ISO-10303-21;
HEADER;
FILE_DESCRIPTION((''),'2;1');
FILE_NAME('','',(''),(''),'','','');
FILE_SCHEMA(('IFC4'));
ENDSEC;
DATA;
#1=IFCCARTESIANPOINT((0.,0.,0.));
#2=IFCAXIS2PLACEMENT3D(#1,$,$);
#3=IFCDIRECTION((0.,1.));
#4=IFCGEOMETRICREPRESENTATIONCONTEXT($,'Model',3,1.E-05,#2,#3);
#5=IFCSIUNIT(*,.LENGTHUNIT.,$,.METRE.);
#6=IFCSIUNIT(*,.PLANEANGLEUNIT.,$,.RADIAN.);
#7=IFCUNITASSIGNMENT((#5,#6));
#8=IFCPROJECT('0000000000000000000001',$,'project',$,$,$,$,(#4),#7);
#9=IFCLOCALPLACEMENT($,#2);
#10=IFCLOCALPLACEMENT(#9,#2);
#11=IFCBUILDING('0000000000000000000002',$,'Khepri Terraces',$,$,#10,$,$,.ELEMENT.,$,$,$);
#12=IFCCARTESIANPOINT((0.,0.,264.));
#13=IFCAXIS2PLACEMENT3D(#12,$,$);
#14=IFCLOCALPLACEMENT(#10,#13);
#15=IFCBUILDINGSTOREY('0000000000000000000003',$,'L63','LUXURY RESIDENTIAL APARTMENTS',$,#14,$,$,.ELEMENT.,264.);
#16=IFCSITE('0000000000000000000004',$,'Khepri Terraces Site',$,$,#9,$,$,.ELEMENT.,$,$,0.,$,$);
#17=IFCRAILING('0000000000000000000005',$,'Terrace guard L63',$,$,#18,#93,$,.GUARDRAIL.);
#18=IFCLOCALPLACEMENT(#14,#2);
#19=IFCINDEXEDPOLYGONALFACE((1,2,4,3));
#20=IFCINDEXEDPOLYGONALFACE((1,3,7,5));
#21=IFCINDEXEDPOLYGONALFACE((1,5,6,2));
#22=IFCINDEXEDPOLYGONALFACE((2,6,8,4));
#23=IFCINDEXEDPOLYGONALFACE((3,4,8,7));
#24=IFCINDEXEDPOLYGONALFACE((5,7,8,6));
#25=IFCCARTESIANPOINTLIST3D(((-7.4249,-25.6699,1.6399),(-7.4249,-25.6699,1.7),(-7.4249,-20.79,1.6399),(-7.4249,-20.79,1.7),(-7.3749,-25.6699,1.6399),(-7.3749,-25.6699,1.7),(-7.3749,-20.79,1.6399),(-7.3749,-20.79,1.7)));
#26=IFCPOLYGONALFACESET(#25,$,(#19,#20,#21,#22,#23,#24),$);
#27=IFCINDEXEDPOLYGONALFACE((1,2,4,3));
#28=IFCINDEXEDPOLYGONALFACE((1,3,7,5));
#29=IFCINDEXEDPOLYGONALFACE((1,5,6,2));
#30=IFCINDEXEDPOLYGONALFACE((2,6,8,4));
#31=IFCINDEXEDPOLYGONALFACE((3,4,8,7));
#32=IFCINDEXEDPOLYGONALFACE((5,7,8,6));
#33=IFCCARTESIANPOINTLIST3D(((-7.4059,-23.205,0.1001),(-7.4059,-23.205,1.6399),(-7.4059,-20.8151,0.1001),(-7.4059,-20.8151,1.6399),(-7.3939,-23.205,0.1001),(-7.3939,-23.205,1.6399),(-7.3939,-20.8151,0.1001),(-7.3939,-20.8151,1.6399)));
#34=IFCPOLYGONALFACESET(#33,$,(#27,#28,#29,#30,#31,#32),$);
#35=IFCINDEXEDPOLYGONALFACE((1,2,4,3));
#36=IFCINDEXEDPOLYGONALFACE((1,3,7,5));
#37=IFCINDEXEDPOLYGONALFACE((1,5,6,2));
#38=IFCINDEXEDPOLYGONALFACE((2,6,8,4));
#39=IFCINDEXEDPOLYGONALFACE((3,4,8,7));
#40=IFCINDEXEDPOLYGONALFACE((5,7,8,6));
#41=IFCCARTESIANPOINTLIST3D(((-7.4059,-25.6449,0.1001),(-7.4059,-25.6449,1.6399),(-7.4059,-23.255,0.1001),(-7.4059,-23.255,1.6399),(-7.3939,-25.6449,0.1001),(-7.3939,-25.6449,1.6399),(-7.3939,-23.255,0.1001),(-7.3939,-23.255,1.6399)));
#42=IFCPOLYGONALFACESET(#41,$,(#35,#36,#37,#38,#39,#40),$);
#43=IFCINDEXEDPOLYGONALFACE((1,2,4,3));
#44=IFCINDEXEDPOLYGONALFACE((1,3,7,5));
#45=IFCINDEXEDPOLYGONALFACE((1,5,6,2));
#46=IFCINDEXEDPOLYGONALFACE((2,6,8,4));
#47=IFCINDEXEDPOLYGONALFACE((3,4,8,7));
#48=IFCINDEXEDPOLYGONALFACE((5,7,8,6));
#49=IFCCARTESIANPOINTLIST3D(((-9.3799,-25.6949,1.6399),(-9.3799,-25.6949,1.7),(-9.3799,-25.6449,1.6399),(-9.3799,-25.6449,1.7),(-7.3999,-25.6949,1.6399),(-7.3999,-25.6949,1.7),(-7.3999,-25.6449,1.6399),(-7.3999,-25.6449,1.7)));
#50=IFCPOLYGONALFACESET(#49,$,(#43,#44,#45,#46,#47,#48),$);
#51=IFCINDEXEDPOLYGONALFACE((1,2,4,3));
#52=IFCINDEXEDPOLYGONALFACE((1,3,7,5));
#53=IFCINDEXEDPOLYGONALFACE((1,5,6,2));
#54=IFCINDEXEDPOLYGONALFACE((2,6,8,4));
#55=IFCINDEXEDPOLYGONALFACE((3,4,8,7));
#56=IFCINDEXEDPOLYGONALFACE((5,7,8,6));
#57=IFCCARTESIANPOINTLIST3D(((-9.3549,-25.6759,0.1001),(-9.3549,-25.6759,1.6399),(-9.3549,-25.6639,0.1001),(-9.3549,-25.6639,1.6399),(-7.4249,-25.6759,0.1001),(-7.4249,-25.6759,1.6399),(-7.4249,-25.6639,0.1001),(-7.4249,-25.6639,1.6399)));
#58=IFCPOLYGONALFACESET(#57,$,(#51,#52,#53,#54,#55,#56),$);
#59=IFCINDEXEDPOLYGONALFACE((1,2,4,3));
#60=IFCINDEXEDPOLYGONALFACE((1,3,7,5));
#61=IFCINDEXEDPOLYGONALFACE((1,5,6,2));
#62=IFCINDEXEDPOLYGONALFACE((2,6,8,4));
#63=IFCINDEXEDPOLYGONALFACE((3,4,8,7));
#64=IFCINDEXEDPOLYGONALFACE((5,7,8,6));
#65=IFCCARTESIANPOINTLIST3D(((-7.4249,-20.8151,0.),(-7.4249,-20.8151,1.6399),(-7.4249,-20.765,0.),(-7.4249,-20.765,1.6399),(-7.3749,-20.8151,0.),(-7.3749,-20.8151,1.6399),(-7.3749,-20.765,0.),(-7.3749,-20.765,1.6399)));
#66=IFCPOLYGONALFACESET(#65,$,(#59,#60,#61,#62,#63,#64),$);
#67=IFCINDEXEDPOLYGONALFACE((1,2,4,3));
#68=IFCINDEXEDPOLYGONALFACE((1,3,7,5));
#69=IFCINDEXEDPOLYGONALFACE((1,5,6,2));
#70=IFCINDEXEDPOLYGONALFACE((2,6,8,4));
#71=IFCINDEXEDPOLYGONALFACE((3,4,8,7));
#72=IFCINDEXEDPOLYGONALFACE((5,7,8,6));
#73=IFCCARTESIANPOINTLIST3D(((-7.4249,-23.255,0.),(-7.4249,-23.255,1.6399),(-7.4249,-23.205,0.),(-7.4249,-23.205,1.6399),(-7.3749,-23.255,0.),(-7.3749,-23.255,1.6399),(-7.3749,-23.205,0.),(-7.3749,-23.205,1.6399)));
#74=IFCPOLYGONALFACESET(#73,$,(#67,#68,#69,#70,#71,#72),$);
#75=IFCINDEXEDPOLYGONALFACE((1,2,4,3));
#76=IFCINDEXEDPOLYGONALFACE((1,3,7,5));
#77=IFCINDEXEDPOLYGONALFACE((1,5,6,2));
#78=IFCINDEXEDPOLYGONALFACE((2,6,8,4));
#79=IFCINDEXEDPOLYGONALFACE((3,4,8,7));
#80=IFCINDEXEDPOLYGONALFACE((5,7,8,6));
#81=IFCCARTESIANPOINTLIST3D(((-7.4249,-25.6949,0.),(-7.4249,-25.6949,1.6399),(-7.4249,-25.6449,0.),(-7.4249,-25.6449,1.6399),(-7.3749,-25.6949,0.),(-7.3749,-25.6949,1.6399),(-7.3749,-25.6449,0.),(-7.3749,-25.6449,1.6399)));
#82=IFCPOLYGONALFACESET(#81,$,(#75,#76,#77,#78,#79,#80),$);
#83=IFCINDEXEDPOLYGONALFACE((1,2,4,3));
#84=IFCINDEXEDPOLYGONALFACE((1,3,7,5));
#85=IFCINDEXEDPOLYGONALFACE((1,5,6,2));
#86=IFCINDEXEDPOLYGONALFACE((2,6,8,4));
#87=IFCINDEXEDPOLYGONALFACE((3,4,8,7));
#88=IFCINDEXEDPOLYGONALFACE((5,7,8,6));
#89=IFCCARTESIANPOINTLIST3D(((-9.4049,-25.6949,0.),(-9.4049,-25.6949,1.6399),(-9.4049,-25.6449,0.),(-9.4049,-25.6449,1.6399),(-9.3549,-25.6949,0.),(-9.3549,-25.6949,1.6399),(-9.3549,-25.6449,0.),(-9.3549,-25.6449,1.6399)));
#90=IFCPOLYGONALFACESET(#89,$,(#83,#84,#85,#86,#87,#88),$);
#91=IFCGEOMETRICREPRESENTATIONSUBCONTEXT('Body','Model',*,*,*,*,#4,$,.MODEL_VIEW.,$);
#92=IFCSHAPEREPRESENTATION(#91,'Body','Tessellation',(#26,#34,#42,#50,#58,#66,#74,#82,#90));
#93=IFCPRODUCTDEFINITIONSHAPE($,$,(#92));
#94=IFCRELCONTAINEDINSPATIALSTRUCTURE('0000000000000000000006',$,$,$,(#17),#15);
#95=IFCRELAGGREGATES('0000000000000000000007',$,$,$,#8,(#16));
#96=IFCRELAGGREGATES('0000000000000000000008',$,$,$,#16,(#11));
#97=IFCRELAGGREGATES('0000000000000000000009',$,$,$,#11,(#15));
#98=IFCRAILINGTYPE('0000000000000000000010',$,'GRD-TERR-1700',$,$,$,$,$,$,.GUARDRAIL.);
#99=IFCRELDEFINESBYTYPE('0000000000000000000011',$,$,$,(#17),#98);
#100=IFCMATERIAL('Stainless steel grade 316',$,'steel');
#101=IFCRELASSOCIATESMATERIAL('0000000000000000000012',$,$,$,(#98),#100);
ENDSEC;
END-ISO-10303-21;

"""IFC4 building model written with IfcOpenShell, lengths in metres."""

from ifc_helpers import new_model, si_unit, direction, frame, origin, origin_2d, place, context, subcontext, project, spatial, rectangle, extrude, material, type_object, element, save


model = new_model("IFC4")

# Units and contexts
model_context = context("Model", 3, precision=1e-05, world=origin(), true_north=direction((0.0, 1.0)))
body_context = subcontext(model_context, "Body", "Model", "MODEL_VIEW")
ifc_project = project(units=[si_unit("LENGTHUNIT", "METRE"), si_unit("PLANEANGLEUNIT", "RADIAN")], contexts=[model_context])

# Site, building, storey
site_placement = place(None, origin())
site = spatial("IfcSite", under=ifc_project, at=site_placement, Name="Khepri Terraces Site", CompositionType="ELEMENT", RefElevation=0.0)
building_placement = place(site_placement, origin())
building = spatial("IfcBuilding", under=site, at=building_placement, Name="Khepri Terraces", CompositionType="ELEMENT")
storey_placement = place(building_placement, frame((0.0, 0.0, 264.0)))
storey = spatial("IfcBuildingStorey", under=building, at=storey_placement, Name="L63", Description="LUXURY RESIDENTIAL APARTMENTS", CompositionType="ELEMENT", Elevation=264.0)

# Railing
ifc_material_1 = material(Name="Stainless steel grade 316", Category="steel")
railing_type = type_object("IfcRailingType", Name="GRD-TERR-1700", PredefinedType="GUARDRAIL", material=ifc_material_1)
railing_placement = place(storey_placement, frame((-7.3999, -20.79, 0.0)))
element("IfcRailing", 1, at=railing_placement, inside=storey, type_object=railing_type, Name="Terrace guard L63", PredefinedType="GUARDRAIL", context=body_context, shape_type="SweptSolid", body=[
    extrude(rectangle(XDim=0.05, YDim=0.0601, at=origin_2d()), frame((0.0, 0.0, 1.6699), z_axis=(0.0, -1.0, 0.0), x_axis=(1.0, 0.0, 0.0)), (0.0, 0.0, 1.0), 4.8799),
    extrude(rectangle(XDim=2.3899, YDim=0.012, at=origin_2d()), frame((0.0, -1.22, 0.1001), z_axis=(0.0, 0.0, 1.0), x_axis=(0.0, -1.0, 0.0)), (0.0, 0.0, 1.0), 1.5398),
    extrude(rectangle(XDim=2.3899, YDim=0.012, at=origin_2d()), frame((0.0, -3.6599, 0.1001), z_axis=(0.0, 0.0, 1.0), x_axis=(0.0, -1.0, 0.0)), (0.0, 0.0, 1.0), 1.5398),
    extrude(rectangle(XDim=0.05, YDim=0.0601, at=origin_2d()), frame((0.0, -4.8799, 1.6699), z_axis=(-1.0, 0.0, 0.0), x_axis=(0.0, -1.0, 0.0)), (0.0, 0.0, 1.0), 1.98),
    extrude(rectangle(XDim=1.9299, YDim=0.012, at=origin_2d()), frame((-0.99, -4.8799, 0.1001), z_axis=(0.0, 0.0, 1.0), x_axis=(-1.0, 0.0, 0.0)), (0.0, 0.0, 1.0), 1.5398),
    extrude(rectangle(XDim=0.05, YDim=0.05, at=origin_2d()), origin(), (0.0, 0.0, 1.0), 1.6399),
    extrude(rectangle(XDim=0.05, YDim=0.05, at=origin_2d()), frame((0.0, -2.4399, 0.0)), (0.0, 0.0, 1.0), 1.6399),
    extrude(rectangle(XDim=0.05, YDim=0.05, at=origin_2d()), frame((0.0, -4.8799, 0.0)), (0.0, 0.0, 1.0), 1.6399),
    extrude(rectangle(XDim=0.05, YDim=0.05, at=origin_2d()), frame((-1.98, -4.8799, 0.0)), (0.0, 0.0, 1.0), 1.6399),
])

save(model, "model.ifc")
